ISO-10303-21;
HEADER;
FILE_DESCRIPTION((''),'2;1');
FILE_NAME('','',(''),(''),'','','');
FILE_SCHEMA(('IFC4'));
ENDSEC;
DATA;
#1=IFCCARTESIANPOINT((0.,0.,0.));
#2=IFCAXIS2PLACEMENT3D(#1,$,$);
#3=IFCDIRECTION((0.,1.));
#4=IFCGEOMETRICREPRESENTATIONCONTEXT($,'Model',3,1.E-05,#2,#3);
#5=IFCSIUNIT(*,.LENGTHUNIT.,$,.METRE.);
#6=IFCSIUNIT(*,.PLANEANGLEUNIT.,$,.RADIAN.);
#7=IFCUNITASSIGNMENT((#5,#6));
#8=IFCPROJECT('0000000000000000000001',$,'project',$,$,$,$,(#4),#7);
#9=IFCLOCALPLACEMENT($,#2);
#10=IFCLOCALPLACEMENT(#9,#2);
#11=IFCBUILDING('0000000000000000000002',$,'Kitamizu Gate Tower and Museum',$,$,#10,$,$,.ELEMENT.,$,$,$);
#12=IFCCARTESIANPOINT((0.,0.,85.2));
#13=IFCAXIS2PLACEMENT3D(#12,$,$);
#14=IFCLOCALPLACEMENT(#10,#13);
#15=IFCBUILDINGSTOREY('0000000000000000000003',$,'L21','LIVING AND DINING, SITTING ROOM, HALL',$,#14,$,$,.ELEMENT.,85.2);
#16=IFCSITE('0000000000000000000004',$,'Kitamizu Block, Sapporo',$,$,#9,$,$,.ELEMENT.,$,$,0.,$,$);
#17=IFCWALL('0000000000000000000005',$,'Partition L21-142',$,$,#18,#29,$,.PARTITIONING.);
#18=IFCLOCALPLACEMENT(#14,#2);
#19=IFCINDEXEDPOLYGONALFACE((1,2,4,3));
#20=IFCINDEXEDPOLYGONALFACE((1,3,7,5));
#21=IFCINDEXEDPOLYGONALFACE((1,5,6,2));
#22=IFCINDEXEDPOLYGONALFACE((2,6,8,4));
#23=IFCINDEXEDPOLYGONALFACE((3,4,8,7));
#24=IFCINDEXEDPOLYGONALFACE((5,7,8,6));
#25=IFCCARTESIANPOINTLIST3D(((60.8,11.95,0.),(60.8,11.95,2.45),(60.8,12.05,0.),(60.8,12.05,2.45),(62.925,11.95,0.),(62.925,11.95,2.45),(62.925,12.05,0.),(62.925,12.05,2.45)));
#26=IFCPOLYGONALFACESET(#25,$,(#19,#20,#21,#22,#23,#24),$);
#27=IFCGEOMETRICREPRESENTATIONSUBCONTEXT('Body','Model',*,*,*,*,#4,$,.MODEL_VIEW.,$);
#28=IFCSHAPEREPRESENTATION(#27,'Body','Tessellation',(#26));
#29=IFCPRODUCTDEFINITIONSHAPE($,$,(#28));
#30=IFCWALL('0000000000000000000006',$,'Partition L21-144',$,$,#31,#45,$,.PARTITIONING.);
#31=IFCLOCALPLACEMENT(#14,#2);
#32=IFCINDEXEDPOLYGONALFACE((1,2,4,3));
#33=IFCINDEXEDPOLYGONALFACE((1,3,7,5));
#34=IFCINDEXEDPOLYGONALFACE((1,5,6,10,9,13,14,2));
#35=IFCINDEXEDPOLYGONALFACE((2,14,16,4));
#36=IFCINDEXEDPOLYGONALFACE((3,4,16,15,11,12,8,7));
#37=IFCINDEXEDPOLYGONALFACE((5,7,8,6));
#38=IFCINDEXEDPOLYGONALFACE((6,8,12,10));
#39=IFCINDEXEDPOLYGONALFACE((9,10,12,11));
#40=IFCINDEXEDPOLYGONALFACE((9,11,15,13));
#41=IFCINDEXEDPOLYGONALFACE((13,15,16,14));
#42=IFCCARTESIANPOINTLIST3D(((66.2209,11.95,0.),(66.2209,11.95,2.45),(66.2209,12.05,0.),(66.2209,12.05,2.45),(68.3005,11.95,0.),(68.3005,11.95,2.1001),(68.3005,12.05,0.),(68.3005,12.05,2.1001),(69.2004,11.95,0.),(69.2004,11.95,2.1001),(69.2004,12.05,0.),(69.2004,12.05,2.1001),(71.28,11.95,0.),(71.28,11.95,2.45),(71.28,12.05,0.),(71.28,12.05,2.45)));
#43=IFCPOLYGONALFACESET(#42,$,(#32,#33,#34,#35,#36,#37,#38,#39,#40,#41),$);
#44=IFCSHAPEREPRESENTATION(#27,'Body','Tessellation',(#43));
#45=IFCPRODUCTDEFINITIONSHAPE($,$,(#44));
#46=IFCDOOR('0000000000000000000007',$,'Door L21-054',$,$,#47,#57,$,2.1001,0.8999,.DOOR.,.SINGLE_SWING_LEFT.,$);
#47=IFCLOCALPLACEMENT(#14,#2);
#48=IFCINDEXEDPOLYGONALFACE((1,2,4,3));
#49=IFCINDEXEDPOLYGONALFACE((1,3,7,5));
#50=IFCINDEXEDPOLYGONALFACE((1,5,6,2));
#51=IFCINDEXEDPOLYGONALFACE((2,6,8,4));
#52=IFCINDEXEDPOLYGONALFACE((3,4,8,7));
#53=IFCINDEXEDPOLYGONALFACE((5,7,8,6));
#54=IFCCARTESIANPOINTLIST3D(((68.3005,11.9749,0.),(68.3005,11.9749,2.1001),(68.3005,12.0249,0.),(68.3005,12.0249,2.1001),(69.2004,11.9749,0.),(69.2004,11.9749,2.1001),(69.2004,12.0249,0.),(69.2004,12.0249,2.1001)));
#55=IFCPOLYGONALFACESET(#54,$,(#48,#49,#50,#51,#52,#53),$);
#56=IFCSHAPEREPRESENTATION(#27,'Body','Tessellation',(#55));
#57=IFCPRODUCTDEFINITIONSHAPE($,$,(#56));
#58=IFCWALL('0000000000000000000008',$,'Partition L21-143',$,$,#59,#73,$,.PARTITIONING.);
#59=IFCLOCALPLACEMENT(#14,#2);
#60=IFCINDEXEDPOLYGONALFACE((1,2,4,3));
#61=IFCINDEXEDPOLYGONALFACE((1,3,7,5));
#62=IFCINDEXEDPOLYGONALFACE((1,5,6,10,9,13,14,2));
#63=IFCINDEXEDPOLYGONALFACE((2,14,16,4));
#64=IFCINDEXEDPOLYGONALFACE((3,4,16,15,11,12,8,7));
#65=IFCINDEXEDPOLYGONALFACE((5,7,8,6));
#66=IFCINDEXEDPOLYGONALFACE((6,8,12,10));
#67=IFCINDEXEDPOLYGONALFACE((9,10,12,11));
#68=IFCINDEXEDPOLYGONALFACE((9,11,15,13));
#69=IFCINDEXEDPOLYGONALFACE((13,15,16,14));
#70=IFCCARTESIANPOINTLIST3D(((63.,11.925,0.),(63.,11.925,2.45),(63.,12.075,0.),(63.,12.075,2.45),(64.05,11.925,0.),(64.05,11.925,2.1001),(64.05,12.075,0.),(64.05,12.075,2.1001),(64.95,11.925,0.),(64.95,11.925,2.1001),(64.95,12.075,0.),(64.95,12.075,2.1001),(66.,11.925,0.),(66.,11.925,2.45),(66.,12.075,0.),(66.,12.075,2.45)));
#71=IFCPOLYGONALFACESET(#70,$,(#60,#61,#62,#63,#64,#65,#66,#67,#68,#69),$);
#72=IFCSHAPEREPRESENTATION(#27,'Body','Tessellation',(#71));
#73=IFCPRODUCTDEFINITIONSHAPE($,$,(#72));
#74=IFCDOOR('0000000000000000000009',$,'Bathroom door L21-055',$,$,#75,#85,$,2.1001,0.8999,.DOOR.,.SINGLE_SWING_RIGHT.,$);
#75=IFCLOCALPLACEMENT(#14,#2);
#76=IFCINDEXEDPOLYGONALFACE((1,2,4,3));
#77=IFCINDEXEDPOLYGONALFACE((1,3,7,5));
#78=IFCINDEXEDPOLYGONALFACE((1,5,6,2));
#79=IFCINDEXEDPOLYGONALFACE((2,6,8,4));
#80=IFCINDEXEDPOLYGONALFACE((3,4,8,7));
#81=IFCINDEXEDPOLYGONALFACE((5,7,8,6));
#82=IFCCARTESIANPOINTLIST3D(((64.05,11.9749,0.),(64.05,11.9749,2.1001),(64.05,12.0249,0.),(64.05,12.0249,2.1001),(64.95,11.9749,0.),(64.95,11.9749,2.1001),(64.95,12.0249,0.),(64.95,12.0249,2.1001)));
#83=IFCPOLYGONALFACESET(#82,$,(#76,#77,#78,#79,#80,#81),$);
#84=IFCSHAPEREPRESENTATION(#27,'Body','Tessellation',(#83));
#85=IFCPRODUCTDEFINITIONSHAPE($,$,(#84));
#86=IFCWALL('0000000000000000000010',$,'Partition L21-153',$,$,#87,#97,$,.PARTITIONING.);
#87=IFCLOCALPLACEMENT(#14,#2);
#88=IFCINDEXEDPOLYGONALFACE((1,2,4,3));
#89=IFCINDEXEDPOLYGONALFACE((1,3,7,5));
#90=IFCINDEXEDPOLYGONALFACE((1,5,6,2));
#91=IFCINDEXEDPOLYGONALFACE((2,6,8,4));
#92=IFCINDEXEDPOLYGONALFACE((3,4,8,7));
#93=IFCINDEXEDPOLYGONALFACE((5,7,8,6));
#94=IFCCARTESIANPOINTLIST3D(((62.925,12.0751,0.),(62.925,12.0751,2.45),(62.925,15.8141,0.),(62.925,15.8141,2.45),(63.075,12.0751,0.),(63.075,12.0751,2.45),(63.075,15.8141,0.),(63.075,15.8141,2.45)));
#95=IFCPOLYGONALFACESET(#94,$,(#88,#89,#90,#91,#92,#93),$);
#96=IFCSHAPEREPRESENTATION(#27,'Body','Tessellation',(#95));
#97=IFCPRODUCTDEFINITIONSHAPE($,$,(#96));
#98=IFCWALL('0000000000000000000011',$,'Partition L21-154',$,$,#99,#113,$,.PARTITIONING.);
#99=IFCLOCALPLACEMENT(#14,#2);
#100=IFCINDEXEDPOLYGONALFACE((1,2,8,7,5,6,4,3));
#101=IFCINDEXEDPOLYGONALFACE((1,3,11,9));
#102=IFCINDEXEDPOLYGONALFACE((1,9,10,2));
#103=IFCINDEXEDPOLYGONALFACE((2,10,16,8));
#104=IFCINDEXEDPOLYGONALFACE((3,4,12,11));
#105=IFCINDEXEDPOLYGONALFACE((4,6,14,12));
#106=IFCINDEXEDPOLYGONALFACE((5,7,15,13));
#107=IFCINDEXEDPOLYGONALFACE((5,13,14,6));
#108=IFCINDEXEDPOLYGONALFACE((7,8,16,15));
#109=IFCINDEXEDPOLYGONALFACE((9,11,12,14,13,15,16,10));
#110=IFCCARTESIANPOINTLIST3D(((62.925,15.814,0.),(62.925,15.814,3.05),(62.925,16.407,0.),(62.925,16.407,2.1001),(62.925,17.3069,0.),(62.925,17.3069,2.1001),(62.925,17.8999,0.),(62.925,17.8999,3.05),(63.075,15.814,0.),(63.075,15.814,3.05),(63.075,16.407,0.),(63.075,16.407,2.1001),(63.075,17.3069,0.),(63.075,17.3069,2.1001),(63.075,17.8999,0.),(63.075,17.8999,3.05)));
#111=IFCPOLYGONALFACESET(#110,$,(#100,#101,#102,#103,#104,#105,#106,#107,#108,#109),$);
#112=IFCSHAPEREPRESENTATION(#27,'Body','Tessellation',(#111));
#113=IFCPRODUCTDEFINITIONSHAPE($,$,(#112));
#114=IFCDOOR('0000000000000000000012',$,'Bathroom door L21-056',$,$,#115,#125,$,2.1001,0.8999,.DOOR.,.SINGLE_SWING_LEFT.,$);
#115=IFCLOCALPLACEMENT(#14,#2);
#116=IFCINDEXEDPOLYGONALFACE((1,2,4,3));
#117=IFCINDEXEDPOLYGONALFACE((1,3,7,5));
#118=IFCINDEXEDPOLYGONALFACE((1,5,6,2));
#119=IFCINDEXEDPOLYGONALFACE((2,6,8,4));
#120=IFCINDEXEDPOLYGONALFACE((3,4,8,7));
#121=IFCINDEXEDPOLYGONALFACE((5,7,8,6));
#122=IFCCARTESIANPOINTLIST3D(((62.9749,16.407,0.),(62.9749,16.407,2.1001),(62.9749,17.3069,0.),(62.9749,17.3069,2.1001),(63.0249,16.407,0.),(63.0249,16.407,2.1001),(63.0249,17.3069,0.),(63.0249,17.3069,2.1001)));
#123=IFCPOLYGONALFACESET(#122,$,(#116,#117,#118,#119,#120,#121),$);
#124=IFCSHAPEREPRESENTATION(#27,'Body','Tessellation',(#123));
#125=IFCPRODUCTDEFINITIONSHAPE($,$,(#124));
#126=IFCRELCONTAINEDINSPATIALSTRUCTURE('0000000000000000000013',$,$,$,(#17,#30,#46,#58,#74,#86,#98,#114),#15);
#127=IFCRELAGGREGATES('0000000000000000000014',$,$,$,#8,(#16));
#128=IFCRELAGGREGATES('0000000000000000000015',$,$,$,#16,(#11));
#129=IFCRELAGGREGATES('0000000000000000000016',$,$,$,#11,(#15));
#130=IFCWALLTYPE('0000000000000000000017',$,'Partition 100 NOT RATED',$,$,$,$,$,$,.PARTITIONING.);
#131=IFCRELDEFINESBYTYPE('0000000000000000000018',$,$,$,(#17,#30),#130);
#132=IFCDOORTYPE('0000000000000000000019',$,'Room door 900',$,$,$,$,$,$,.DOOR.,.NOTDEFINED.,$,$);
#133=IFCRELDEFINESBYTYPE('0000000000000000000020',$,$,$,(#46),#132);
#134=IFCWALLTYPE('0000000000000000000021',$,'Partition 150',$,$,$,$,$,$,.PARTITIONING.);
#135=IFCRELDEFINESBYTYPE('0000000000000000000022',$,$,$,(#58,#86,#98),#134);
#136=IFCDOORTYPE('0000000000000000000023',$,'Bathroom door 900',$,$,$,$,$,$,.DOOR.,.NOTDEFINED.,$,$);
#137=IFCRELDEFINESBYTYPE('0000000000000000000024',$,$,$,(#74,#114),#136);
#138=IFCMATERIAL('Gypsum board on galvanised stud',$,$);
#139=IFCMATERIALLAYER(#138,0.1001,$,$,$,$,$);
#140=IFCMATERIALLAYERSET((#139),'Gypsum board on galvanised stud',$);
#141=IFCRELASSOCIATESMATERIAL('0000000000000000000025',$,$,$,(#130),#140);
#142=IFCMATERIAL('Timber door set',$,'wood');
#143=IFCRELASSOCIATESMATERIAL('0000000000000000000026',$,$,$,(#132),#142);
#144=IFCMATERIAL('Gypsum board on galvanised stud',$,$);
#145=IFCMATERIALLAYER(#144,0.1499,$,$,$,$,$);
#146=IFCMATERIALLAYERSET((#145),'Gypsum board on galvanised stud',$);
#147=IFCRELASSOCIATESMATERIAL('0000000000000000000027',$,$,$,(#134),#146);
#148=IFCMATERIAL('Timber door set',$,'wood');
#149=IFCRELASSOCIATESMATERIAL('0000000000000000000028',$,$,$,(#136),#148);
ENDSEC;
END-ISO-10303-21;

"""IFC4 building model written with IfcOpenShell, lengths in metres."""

from ifc_helpers import new_model, si_unit, direction, frame, frame_2d, origin, place, context, subcontext, project, spatial, rectangle, extrude, material, layer, layer_set, type_object, element, fill, save


model = new_model("IFC4")

# Units and contexts
model_context = context("Model", 3, precision=1e-05, world=origin(), true_north=direction((0.0, 1.0)))
body_context = subcontext(model_context, "Body", "Model", "MODEL_VIEW")
ifc_project = project(units=[si_unit("LENGTHUNIT", "METRE"), si_unit("PLANEANGLEUNIT", "RADIAN")], contexts=[model_context])

# Site, building, storey
site_placement = place(None, origin())
site = spatial("IfcSite", under=ifc_project, at=site_placement, Name="Kitamizu Block, Sapporo", CompositionType="ELEMENT", RefElevation=0.0)
building_placement = place(site_placement, origin())
building = spatial("IfcBuilding", under=site, at=building_placement, Name="Kitamizu Gate Tower and Museum", CompositionType="ELEMENT")
storey_placement = place(building_placement, frame((0.0, 0.0, 85.2)))
storey = spatial("IfcBuildingStorey", under=building, at=storey_placement, Name="L21", Description="LIVING AND DINING, SITTING ROOM, HALL", CompositionType="ELEMENT", Elevation=85.2)

# Wall
ifc_material_1 = material(Name="Gypsum board on galvanised stud")
ifc_layer_1 = layer(ifc_material_1, 0.1001)
ifc_layer_set_1 = layer_set([ifc_layer_1], Name="Gypsum board on galvanised stud")
wall_type_1 = type_object("IfcWallType", Name="Partition 100 NOT RATED", PredefinedType="PARTITIONING", material=ifc_layer_set_1)
wall_1_placement = place(storey_placement, frame((62.925, 12.0, 0.0), z_axis=(0.0, 0.0, 1.0), x_axis=(-1.0, 0.0, 0.0)))
element("IfcWall", 1, at=wall_1_placement, inside=storey, type_object=wall_type_1, Name="Partition L21-142", PredefinedType="PARTITIONING", context=body_context, shape_type="SweptSolid", body=[
    extrude(rectangle(XDim=2.125, YDim=0.1001, at=frame_2d((1.0625, 0.0))), origin(), (0.0, 0.0, 1.0), 2.45),
])

# Walls, openings, doors
wall_2_placement = place(storey_placement, frame((71.28, 12.0, 0.0), z_axis=(0.0, 0.0, 1.0), x_axis=(-1.0, 0.0, 0.0)))
wall_2 = element("IfcWall", 2, at=wall_2_placement, inside=storey, type_object=wall_type_1, Name="Partition L21-144", PredefinedType="PARTITIONING", context=body_context, shape_type="SweptSolid", body=[
    extrude(rectangle(XDim=5.0591, YDim=0.1001, at=frame_2d((2.5295, 0.0))), origin(), (0.0, 0.0, 1.0), 2.45),
])
opening_1_placement = place(wall_2_placement, frame((2.0796, 0.0, 0.0)))
opening_1 = element("IfcOpeningElement", 3, at=opening_1_placement, cuts=wall_2, PredefinedType="OPENING", context=body_context, shape_type="SweptSolid", body=[
    extrude(rectangle(XDim=0.8999, YDim=2.1001, at=frame_2d((0.45, 1.05))), frame((0.0, 0.0601, 0.0), z_axis=(0.0, -1.0, 0.0), x_axis=(1.0, 0.0, 0.0)), (0.0, 0.0, 1.0), 0.1201),
])
ifc_material_2 = material(Name="Timber door set", Category="wood")
door_type_1 = type_object("IfcDoorType", Name="Room door 900", OperationType="NOTDEFINED", PredefinedType="DOOR", material=ifc_material_2)
door_1_placement = place(opening_1_placement, frame((0.8999, 0.0, 0.0), x_axis=(-1.0, 0.0, 0.0)))
door_1 = element("IfcDoor", 4, at=door_1_placement, inside=storey, type_object=door_type_1, Name="Door L21-054", OperationType="SINGLE_SWING_LEFT", OverallHeight=2.1001, OverallWidth=0.8999, PredefinedType="DOOR", context=body_context, shape_type="SweptSolid", body=[
    extrude(rectangle(XDim=0.8999, YDim=2.1001, at=frame_2d((0.45, 1.05))), frame((0.0, 0.0249, 0.0), z_axis=(0.0, -1.0, 0.0), x_axis=(1.0, 0.0, 0.0)), (0.0, 0.0, 1.0), 0.05),
])
fill(opening_1, door_1)
ifc_material_3 = material(Name="Gypsum board on galvanised stud")
ifc_layer_2 = layer(ifc_material_3, 0.1499)
ifc_layer_set_2 = layer_set([ifc_layer_2], Name="Gypsum board on galvanised stud")
wall_type_2 = type_object("IfcWallType", Name="Partition 150", PredefinedType="PARTITIONING", material=ifc_layer_set_2)
wall_3_placement = place(storey_placement, frame((66.0, 12.0, 0.0), z_axis=(0.0, 0.0, 1.0), x_axis=(-1.0, 0.0, 0.0)))
wall_3 = element("IfcWall", 5, at=wall_3_placement, inside=storey, type_object=wall_type_2, Name="Partition L21-143", PredefinedType="PARTITIONING", context=body_context, shape_type="SweptSolid", body=[
    extrude(rectangle(XDim=3.0, YDim=0.1499, at=frame_2d((1.5, 0.0))), origin(), (0.0, 0.0, 1.0), 2.45),
])
opening_2_placement = place(wall_3_placement, frame((1.05, 0.0, 0.0)))
opening_2 = element("IfcOpeningElement", 6, at=opening_2_placement, cuts=wall_3, PredefinedType="OPENING", context=body_context, shape_type="SweptSolid", body=[
    extrude(rectangle(XDim=0.8999, YDim=2.1001, at=frame_2d((0.45, 1.05))), frame((0.0, 0.085, 0.0), z_axis=(0.0, -1.0, 0.0), x_axis=(1.0, 0.0, 0.0)), (0.0, 0.0, 1.0), 0.1699),
])
ifc_material_4 = material(Name="Timber door set", Category="wood")
door_type_2 = type_object("IfcDoorType", Name="Bathroom door 900", OperationType="NOTDEFINED", PredefinedType="DOOR", material=ifc_material_4)
door_2_placement = place(opening_2_placement, frame((0.8999, 0.0, 0.0), x_axis=(-1.0, 0.0, 0.0)))
door_2 = element("IfcDoor", 7, at=door_2_placement, inside=storey, type_object=door_type_2, Name="Bathroom door L21-055", OperationType="SINGLE_SWING_RIGHT", OverallHeight=2.1001, OverallWidth=0.8999, PredefinedType="DOOR", context=body_context, shape_type="SweptSolid", body=[
    extrude(rectangle(XDim=0.8999, YDim=2.1001, at=frame_2d((0.45, 1.05))), frame((0.0, 0.0249, 0.0), z_axis=(0.0, -1.0, 0.0), x_axis=(1.0, 0.0, 0.0)), (0.0, 0.0, 1.0), 0.05),
])
fill(opening_2, door_2)

# Wall
wall_4_placement = place(storey_placement, frame((63.0, 12.075, 0.0), z_axis=(0.0, 0.0, 1.0), x_axis=(0.0, 1.0, 0.0)))
element("IfcWall", 8, at=wall_4_placement, inside=storey, type_object=wall_type_2, Name="Partition L21-153", PredefinedType="PARTITIONING", context=body_context, shape_type="SweptSolid", body=[
    extrude(rectangle(XDim=3.739, YDim=0.1499, at=frame_2d((1.8696, 0.0))), origin(), (0.0, 0.0, 1.0), 2.45),
])

# Wall, opening, door
wall_5_placement = place(storey_placement, frame((63.0, 15.814, 0.0), z_axis=(0.0, 0.0, 1.0), x_axis=(0.0, 1.0, 0.0)))
wall_5 = element("IfcWall", 9, at=wall_5_placement, inside=storey, type_object=wall_type_2, Name="Partition L21-154", PredefinedType="PARTITIONING", context=body_context, shape_type="SweptSolid", body=[
    extrude(rectangle(XDim=2.0859, YDim=0.1499, at=frame_2d((1.043, 0.0))), origin(), (0.0, 0.0, 1.0), 3.05),
])
opening_3_placement = place(wall_5_placement, frame((0.593, 0.0, 0.0)))
opening_3 = element("IfcOpeningElement", 10, at=opening_3_placement, cuts=wall_5, PredefinedType="OPENING", context=body_context, shape_type="SweptSolid", body=[
    extrude(rectangle(XDim=0.8999, YDim=2.1001, at=frame_2d((0.45, 1.05))), frame((0.0, 0.085, 0.0), z_axis=(0.0, -1.0, 0.0), x_axis=(1.0, 0.0, 0.0)), (0.0, 0.0, 1.0), 0.1699),
])
door_3_placement = place(opening_3_placement, frame((0.8999, 0.0, 0.0), x_axis=(-1.0, 0.0, 0.0)))
door_3 = element("IfcDoor", 11, at=door_3_placement, inside=storey, type_object=door_type_2, Name="Bathroom door L21-056", OperationType="SINGLE_SWING_LEFT", OverallHeight=2.1001, OverallWidth=0.8999, PredefinedType="DOOR", context=body_context, shape_type="SweptSolid", body=[
    extrude(rectangle(XDim=0.8999, YDim=2.1001, at=frame_2d((0.45, 1.05))), frame((0.0, 0.0249, 0.0), z_axis=(0.0, -1.0, 0.0), x_axis=(1.0, 0.0, 0.0)), (0.0, 0.0, 1.0), 0.05),
])
fill(opening_3, door_3)

save(model, "model.ifc")
